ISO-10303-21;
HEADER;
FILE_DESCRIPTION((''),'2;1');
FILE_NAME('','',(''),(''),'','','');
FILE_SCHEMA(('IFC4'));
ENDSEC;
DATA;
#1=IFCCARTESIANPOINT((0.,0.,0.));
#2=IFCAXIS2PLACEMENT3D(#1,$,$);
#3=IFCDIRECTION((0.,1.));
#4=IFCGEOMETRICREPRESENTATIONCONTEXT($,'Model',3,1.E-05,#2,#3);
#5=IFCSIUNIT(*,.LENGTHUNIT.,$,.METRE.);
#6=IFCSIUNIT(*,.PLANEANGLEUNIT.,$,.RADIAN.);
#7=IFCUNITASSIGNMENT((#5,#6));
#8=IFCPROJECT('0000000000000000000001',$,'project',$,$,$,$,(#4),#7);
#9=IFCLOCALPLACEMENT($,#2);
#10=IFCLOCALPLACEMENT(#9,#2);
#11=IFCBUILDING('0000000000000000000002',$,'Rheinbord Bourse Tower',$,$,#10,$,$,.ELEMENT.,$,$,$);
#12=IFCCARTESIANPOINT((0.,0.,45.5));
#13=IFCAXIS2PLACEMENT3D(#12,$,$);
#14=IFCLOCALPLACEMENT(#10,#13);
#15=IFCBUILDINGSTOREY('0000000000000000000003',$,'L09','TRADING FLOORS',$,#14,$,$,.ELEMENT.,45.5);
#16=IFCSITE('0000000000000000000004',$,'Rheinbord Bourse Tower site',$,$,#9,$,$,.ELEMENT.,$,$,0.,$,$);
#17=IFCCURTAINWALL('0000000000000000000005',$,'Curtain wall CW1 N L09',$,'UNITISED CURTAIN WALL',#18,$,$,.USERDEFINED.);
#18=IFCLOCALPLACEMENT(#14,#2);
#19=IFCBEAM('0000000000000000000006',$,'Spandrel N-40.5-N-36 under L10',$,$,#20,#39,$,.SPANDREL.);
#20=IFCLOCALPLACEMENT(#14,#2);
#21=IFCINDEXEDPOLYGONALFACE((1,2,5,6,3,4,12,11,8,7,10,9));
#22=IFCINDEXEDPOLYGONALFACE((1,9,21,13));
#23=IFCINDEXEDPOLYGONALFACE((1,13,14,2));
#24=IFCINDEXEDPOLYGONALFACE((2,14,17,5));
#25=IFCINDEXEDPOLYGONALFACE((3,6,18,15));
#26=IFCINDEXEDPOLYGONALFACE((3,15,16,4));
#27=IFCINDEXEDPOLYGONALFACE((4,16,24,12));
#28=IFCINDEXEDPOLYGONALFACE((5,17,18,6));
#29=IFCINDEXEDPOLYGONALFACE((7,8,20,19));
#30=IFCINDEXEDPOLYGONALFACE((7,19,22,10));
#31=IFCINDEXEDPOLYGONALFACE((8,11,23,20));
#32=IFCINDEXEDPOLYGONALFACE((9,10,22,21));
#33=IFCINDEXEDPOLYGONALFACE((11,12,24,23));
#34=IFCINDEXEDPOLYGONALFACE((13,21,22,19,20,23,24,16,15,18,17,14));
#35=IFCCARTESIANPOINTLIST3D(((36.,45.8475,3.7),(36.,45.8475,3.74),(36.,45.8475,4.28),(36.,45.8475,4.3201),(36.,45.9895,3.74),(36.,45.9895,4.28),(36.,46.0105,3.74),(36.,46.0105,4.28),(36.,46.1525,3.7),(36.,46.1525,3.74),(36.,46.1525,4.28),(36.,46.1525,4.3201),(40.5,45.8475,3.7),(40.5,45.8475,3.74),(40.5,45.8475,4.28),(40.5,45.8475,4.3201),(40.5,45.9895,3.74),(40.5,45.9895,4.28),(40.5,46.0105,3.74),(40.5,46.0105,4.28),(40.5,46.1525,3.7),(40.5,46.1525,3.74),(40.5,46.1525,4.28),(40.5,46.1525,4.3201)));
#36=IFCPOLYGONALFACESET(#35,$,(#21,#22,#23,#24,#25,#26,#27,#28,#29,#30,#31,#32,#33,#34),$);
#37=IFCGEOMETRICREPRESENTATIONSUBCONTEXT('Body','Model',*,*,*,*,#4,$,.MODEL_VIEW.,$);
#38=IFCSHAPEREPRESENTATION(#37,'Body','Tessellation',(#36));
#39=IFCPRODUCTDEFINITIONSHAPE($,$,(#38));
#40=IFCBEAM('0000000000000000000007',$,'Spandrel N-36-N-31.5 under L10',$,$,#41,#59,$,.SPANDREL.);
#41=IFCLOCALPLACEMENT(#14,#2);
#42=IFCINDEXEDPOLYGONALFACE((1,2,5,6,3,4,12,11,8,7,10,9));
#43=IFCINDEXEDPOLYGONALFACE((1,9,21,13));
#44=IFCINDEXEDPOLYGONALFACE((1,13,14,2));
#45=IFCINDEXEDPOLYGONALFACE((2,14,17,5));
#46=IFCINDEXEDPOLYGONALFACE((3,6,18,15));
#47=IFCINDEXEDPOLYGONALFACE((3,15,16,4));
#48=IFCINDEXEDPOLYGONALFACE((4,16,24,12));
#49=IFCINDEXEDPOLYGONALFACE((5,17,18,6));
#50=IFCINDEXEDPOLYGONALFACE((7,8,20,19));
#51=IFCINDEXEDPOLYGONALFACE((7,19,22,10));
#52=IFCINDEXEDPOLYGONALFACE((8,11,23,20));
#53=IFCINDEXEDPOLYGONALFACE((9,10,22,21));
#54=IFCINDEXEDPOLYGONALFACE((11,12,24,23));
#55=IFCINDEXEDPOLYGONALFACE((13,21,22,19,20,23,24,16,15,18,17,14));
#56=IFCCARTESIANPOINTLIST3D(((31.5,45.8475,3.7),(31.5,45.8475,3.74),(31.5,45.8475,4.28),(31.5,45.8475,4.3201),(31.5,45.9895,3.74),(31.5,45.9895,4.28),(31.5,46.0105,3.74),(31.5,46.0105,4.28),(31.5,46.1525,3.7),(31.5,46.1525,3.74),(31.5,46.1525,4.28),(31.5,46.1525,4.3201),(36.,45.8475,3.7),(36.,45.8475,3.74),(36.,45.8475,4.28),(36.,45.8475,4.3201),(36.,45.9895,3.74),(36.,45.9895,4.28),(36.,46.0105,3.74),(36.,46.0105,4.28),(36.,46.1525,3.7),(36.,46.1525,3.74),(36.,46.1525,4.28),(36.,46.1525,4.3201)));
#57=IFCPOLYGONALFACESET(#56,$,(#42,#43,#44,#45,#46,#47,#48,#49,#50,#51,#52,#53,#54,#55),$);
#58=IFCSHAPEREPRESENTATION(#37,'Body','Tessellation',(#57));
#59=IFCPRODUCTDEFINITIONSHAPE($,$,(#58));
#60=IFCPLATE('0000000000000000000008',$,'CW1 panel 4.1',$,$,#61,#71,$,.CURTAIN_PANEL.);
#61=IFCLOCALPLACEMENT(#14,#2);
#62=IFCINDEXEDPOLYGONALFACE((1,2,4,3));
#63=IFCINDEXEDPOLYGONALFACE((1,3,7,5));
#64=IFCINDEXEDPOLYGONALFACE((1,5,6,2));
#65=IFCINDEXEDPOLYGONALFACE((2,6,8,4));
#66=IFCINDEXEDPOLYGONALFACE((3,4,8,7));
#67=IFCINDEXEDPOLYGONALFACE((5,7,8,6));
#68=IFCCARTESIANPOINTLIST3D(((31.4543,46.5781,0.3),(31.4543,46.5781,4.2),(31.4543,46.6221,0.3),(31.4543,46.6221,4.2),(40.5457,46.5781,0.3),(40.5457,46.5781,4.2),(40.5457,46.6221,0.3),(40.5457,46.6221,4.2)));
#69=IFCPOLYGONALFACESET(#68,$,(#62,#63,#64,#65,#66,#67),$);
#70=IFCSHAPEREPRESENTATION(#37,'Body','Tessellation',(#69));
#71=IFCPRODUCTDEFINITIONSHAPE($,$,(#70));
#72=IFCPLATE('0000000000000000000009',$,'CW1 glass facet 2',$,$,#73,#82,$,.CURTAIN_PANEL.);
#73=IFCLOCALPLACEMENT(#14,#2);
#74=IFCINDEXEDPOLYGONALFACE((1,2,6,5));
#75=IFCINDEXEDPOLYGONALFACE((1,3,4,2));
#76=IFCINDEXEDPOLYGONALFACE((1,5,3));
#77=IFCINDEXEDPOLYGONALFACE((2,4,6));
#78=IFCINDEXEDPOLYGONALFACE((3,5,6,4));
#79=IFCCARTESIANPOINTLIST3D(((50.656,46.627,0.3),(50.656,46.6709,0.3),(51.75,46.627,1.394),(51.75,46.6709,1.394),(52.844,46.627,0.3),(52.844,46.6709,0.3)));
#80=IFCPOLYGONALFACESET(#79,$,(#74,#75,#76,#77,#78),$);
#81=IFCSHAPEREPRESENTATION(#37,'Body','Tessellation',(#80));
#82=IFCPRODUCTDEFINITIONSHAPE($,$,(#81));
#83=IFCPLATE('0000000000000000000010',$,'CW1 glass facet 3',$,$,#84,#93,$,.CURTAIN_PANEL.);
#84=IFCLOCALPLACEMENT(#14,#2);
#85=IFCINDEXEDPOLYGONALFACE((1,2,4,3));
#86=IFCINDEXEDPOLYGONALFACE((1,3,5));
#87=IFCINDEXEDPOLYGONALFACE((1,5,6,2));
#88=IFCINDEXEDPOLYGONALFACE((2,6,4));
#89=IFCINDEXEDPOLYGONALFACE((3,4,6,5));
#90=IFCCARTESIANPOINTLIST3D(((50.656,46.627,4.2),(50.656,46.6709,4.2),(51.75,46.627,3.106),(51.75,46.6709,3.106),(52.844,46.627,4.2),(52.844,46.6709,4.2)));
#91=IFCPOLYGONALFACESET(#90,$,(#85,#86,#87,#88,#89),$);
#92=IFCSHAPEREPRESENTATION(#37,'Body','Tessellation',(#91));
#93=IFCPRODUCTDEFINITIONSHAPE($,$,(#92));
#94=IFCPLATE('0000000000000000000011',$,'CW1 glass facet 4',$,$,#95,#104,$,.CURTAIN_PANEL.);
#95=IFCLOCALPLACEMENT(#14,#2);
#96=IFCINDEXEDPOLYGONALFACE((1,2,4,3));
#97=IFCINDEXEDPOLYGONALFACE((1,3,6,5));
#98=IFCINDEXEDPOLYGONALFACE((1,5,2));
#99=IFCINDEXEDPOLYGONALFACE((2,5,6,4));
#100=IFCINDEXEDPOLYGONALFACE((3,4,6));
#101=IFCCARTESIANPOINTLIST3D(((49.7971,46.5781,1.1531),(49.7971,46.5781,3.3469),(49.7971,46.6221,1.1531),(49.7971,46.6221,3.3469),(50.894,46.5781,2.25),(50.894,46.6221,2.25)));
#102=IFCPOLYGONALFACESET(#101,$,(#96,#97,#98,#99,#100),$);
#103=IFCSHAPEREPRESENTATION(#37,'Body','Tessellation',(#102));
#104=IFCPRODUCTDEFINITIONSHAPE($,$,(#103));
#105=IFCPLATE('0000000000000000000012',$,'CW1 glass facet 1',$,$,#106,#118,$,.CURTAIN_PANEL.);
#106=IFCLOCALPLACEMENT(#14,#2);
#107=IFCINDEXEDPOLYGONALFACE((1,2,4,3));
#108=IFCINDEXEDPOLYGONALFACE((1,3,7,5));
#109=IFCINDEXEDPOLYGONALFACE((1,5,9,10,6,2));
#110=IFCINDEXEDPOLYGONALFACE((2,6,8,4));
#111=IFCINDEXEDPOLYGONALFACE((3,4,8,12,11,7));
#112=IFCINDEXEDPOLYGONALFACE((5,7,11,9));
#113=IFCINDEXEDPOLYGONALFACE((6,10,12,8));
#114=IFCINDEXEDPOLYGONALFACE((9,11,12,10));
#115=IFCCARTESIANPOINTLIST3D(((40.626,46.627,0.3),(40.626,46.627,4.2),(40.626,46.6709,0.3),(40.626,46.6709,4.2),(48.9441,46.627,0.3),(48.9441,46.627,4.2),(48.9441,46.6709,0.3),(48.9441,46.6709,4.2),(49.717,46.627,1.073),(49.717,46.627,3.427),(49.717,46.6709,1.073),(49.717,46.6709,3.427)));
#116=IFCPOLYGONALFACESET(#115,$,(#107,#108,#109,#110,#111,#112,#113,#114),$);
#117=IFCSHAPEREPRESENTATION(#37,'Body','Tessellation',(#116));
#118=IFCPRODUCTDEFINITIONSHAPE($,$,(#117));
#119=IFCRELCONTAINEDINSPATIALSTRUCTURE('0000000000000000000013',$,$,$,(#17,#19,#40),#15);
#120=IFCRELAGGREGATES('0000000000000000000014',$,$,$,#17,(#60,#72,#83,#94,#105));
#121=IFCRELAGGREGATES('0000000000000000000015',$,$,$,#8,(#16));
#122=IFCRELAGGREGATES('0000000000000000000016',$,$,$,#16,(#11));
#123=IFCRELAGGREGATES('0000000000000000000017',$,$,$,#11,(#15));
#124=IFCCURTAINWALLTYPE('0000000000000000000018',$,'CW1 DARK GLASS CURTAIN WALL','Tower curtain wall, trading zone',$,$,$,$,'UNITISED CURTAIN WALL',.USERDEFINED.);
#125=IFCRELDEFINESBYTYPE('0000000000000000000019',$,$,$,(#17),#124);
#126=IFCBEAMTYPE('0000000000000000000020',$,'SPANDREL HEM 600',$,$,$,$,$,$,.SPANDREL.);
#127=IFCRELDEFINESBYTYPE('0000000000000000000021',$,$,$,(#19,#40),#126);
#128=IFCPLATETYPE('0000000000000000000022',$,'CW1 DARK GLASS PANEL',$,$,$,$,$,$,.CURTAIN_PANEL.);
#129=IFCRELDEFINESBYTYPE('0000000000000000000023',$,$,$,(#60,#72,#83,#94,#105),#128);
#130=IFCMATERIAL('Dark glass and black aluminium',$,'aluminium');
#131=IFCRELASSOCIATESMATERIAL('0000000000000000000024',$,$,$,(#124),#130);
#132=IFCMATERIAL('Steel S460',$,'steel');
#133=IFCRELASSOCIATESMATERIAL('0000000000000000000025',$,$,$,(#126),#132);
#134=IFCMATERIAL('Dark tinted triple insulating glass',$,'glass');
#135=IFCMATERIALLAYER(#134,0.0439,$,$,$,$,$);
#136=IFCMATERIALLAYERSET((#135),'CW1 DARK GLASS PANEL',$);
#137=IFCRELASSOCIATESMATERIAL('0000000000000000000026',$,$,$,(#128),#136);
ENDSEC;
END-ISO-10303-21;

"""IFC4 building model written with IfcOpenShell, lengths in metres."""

from ifc_helpers import new_model, si_unit, direction, frame, origin, origin_2d, place, context, subcontext, project, spatial, polyline, rectangle, i_section, outline, extrude, material, layer, layer_set, material_profile, profile_set, type_object, element, aggregate, save


model = new_model("IFC4")

# Units and contexts
model_context = context("Model", 3, precision=1e-05, world=origin(), true_north=direction((0.0, 1.0)))
body_context = subcontext(model_context, "Body", "Model", "MODEL_VIEW")
ifc_project = project(units=[si_unit("LENGTHUNIT", "METRE"), si_unit("PLANEANGLEUNIT", "RADIAN")], contexts=[model_context])

# Site, building, storey
site_placement = place(None, origin())
site = spatial("IfcSite", under=ifc_project, at=site_placement, Name="Rheinbord Bourse Tower site", CompositionType="ELEMENT", RefElevation=0.0)
building_placement = place(site_placement, origin())
building = spatial("IfcBuilding", under=site, at=building_placement, Name="Rheinbord Bourse Tower", CompositionType="ELEMENT")
storey_placement = place(building_placement, frame((0.0, 0.0, 45.5)))
storey = spatial("IfcBuildingStorey", under=building, at=storey_placement, Name="L09", Description="TRADING FLOORS", CompositionType="ELEMENT", Elevation=45.5)

# Curtain wall
ifc_material_1 = material(Name="Dark glass and black aluminium", Category="aluminium")
curtain_wall_type = type_object("IfcCurtainWallType", Name="CW1 DARK GLASS CURTAIN WALL", Description="Tower curtain wall, trading zone", ElementType="UNITISED CURTAIN WALL", PredefinedType="USERDEFINED", material=ifc_material_1)
curtain_wall_placement = place(storey_placement, origin())
curtain_wall = element("IfcCurtainWall", 1, at=curtain_wall_placement, inside=storey, type_object=curtain_wall_type, Name="Curtain wall CW1 N L09", ObjectType="UNITISED CURTAIN WALL", PredefinedType="USERDEFINED")

# Beams
ifc_material_2 = material(Name="Steel S460", Category="steel")
ifc_material_profile_1 = material_profile(ifc_material_2, i_section(OverallWidth=0.3049, OverallDepth=0.6201, WebThickness=0.021, FlangeThickness=0.04, at=origin_2d()), Name="HEM 600")
ifc_profile_set_1 = profile_set([ifc_material_profile_1], Name="Steel S460")
beam_type_1 = type_object("IfcBeamType", Name="SPANDREL HEM 600", PredefinedType="SPANDREL", material=ifc_profile_set_1)
for number, where, z_axis, x_axis, name in (
    (2, (40.5, 46.0, 4.01), (-1.0, 0.0, 0.0), (0.0, -1.0, 0.0), "Spandrel N-40.5-N-36 under L10"),
    (3, (36.0, 46.0, 4.01), (-1.0, 0.0, 0.0), (0.0, -1.0, 0.0), "Spandrel N-36-N-31.5 under L10"),
):
    element("IfcBeam", number, at=place(storey_placement, frame(where, z_axis=z_axis, x_axis=x_axis)), inside=storey, type_object=beam_type_1, Name=name, PredefinedType="SPANDREL", context=body_context, shape_type="SweptSolid", body=[
        extrude(i_section(OverallWidth=0.3049, OverallDepth=0.6201, WebThickness=0.021, FlangeThickness=0.04, at=origin_2d()), origin(), (0.0, 0.0, 1.0), 4.5),
    ])

# Plates
ifc_material_3 = material(Name="Dark tinted triple insulating glass", Category="glass")
ifc_layer = layer(ifc_material_3, 0.0439)
ifc_layer_set = layer_set([ifc_layer], Name="CW1 DARK GLASS PANEL")
plate_type = type_object("IfcPlateType", Name="CW1 DARK GLASS PANEL", PredefinedType="CURTAIN_PANEL", material=ifc_layer_set)
plate_1_placement = place(storey_placement, frame((36.0, 46.6001, 0.3), z_axis=(0.0, 0.0, 1.0), x_axis=(-1.0, 0.0, 0.0)))
plate_1 = element("IfcPlate", 4, at=plate_1_placement, type_object=plate_type, Name="CW1 panel 4.1", PredefinedType="CURTAIN_PANEL", context=body_context, shape_type="SweptSolid", body=[
    extrude(rectangle(XDim=9.0913, YDim=0.0439, at=origin_2d()), origin(), (0.0, 0.0, 1.0), 3.8999),
])
plate_2_placement = place(storey_placement, frame((52.844, 46.6709, 0.3), z_axis=(0.0, -1.0, 0.0), x_axis=(-0.707107, 0.0, 0.707107)))
plate_2 = element("IfcPlate", 5, at=plate_2_placement, type_object=plate_type, Name="CW1 glass facet 2", PredefinedType="CURTAIN_PANEL", context=body_context, shape_type="SweptSolid", body=[
    extrude(outline(polyline([(0.0, 0.0), (1.5471, 0.0), (1.5471, 1.5471), (0.0, 0.0)])), origin(), (0.0, 0.0, 1.0), 0.0439),
])
plate_3_placement = place(storey_placement, frame((50.656, 46.6709, 4.2), z_axis=(0.0, -1.0, 0.0), x_axis=(0.707107, 0.0, -0.707107)))
plate_3 = element("IfcPlate", 6, at=plate_3_placement, type_object=plate_type, Name="CW1 glass facet 3", PredefinedType="CURTAIN_PANEL", context=body_context, shape_type="SweptSolid", body=[
    extrude(outline(polyline([(0.0, 0.0), (1.5471, 0.0), (1.5471, 1.5471), (0.0, 0.0)])), origin(), (0.0, 0.0, 1.0), 0.0439),
])
plate_4_placement = place(storey_placement, frame((49.7971, 46.6221, 1.1531), z_axis=(0.0, -1.0, 0.0), x_axis=(0.707107, 0.0, 0.707107)))
plate_4 = element("IfcPlate", 7, at=plate_4_placement, type_object=plate_type, Name="CW1 glass facet 4", PredefinedType="CURTAIN_PANEL", context=body_context, shape_type="SweptSolid", body=[
    extrude(outline(polyline([(0.0, 0.0), (1.5513, 0.0), (1.5513, 1.5513), (0.0, 0.0)])), origin(), (0.0, 0.0, 1.0), 0.0439),
])
plate_5_placement = place(storey_placement, frame((40.626, 46.6709, 4.2), z_axis=(0.0, -1.0, 0.0), x_axis=(0.0, 0.0, -1.0)))
plate_5 = element("IfcPlate", 8, at=plate_5_placement, type_object=plate_type, Name="CW1 glass facet 1", PredefinedType="CURTAIN_PANEL", context=body_context, shape_type="SweptSolid", body=[
    extrude(outline(polyline([(0.0, 0.0), (3.8999, 0.0), (3.8999, 8.3181), (3.127, 9.0911), (0.7729, 9.0911), (0.0, 8.3181), (0.0, 0.0)])), origin(), (0.0, 0.0, 1.0), 0.0439),
])
aggregate(curtain_wall, [plate_1, plate_2, plate_3, plate_4, plate_5])

save(model, "model.ifc")
